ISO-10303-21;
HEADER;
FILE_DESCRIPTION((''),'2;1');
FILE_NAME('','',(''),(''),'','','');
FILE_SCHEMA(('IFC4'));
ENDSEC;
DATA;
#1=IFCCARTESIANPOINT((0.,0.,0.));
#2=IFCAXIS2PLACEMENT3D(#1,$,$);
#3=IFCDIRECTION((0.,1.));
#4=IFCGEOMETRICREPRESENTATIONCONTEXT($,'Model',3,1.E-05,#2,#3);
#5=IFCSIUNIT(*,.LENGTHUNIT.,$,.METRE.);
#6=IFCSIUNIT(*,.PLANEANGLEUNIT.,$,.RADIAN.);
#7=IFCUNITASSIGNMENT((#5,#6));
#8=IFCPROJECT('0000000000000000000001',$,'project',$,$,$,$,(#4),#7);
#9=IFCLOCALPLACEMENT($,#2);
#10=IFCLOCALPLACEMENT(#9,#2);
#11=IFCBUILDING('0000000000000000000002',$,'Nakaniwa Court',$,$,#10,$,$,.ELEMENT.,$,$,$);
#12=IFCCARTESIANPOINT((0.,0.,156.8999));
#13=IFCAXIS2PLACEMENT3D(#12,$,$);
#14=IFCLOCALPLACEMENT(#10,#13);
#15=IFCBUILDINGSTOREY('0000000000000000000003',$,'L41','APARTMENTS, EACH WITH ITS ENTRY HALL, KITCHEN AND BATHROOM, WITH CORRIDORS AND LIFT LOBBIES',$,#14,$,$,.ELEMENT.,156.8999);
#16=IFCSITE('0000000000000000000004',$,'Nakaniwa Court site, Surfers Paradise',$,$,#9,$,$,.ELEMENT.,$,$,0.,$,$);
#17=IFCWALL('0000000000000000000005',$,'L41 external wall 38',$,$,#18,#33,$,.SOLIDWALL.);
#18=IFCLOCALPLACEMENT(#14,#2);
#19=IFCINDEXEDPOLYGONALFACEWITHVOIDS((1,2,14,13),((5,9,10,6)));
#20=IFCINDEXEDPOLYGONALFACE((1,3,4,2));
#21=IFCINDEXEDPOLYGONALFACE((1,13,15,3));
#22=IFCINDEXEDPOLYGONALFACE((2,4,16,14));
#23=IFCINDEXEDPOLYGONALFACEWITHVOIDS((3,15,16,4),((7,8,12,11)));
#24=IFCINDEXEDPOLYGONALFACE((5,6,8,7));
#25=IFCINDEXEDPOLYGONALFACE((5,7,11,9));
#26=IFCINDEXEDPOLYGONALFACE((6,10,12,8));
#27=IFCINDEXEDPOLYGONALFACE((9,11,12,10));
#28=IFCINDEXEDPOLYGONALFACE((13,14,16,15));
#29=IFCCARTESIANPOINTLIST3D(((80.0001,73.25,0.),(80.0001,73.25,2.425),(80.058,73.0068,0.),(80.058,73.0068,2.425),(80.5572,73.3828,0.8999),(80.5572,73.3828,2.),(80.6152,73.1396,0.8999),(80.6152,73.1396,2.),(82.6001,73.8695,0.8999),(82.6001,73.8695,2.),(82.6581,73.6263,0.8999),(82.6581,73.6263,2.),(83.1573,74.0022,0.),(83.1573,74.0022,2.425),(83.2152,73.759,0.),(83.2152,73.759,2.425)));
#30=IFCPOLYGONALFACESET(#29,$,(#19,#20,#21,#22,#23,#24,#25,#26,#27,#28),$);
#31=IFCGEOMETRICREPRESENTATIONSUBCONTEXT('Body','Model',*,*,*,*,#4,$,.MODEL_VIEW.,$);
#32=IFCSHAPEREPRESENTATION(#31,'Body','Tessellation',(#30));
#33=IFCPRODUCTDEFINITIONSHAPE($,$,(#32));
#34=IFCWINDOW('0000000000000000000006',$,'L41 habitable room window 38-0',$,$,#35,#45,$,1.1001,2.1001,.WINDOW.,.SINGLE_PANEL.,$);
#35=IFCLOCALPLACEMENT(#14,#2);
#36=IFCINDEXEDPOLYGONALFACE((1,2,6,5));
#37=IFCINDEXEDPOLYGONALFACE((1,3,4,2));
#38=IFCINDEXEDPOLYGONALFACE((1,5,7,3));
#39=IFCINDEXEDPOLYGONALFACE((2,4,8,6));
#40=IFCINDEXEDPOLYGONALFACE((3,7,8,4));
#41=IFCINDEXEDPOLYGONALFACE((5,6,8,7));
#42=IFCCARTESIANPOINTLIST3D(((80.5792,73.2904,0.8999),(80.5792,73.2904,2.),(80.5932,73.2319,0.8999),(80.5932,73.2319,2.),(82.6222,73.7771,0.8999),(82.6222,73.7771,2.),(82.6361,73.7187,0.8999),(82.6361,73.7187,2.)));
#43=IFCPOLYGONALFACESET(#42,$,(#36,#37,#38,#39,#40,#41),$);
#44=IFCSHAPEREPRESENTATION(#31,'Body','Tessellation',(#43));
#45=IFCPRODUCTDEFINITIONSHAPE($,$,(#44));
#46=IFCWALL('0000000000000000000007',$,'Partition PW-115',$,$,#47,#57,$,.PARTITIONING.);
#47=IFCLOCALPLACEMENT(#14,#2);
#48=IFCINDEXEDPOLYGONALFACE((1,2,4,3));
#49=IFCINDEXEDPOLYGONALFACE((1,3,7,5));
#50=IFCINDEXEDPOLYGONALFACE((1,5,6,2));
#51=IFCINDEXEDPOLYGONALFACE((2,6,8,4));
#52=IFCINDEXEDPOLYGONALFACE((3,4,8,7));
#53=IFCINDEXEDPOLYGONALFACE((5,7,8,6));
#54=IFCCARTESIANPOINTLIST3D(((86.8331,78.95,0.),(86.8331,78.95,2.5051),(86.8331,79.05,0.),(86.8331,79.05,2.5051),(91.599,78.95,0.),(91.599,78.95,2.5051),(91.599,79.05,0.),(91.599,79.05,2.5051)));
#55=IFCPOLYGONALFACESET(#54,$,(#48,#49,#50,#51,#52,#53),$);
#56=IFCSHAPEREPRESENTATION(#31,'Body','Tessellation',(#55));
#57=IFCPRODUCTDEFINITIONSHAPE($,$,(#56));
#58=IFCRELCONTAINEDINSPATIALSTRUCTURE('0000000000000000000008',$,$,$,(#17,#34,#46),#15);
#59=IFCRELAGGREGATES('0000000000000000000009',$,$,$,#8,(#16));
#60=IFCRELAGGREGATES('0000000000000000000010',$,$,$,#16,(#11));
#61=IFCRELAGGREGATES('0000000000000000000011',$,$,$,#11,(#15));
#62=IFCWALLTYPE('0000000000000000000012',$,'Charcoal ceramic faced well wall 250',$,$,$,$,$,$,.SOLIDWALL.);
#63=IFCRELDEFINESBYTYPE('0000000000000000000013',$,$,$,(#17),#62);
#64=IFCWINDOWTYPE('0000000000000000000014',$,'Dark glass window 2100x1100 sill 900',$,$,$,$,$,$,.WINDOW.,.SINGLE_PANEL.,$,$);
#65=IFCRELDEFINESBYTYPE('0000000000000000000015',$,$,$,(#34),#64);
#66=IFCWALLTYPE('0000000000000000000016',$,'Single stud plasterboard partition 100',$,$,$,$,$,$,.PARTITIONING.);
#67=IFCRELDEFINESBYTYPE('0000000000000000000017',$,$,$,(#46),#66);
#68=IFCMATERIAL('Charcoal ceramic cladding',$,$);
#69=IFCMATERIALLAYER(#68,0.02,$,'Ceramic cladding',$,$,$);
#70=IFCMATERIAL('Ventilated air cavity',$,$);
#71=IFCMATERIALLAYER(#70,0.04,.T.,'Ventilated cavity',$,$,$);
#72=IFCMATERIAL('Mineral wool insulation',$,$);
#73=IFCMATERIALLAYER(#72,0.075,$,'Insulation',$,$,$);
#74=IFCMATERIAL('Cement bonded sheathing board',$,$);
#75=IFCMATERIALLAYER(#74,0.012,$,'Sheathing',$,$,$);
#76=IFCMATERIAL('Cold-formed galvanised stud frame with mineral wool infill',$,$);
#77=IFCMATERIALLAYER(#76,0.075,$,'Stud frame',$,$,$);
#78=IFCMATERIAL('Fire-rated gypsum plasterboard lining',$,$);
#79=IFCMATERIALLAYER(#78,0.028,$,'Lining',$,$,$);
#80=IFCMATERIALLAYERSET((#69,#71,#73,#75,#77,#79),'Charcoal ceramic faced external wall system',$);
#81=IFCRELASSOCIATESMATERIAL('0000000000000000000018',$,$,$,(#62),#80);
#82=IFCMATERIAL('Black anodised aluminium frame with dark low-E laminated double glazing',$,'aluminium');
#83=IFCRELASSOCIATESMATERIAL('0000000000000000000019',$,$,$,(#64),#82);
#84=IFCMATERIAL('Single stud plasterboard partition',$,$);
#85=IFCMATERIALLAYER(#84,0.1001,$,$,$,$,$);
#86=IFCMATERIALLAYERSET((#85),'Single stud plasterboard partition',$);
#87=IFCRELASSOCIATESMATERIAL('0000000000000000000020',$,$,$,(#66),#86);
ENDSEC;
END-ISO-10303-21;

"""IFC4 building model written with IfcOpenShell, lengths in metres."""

from ifc_helpers import new_model, si_unit, direction, frame, frame_2d, origin, place, context, subcontext, project, spatial, rectangle, extrude, material, layer, layer_set, type_object, element, fill, save


model = new_model("IFC4")

# Units and contexts
model_context = context("Model", 3, precision=1e-05, world=origin(), true_north=direction((0.0, 1.0)))
body_context = subcontext(model_context, "Body", "Model", "MODEL_VIEW")
ifc_project = project(units=[si_unit("LENGTHUNIT", "METRE"), si_unit("PLANEANGLEUNIT", "RADIAN")], contexts=[model_context])

# Site, building, storey
site_placement = place(None, origin())
site = spatial("IfcSite", under=ifc_project, at=site_placement, Name="Nakaniwa Court site, Surfers Paradise", CompositionType="ELEMENT", RefElevation=0.0)
building_placement = place(site_placement, origin())
building = spatial("IfcBuilding", under=site, at=building_placement, Name="Nakaniwa Court", CompositionType="ELEMENT")
storey_placement = place(building_placement, frame((0.0, 0.0, 156.8999)))
storey = spatial("IfcBuildingStorey", under=building, at=storey_placement, Name="L41", Description="APARTMENTS, EACH WITH ITS ENTRY HALL, KITCHEN AND BATHROOM, WITH CORRIDORS AND LIFT LOBBIES", CompositionType="ELEMENT", Elevation=156.8999)

# Wall, opening, window
ifc_material_1 = material(Name="Charcoal ceramic cladding")
ifc_layer_1 = layer(ifc_material_1, 0.02, Name="Ceramic cladding")
ifc_material_2 = material(Name="Ventilated air cavity")
ifc_layer_2 = layer(ifc_material_2, 0.04, ventilated=True, Name="Ventilated cavity")
ifc_material_3 = material(Name="Mineral wool insulation")
ifc_layer_3 = layer(ifc_material_3, 0.075, Name="Insulation")
ifc_material_4 = material(Name="Cement bonded sheathing board")
ifc_layer_4 = layer(ifc_material_4, 0.012, Name="Sheathing")
ifc_material_5 = material(Name="Cold-formed galvanised stud frame with mineral wool infill")
ifc_layer_5 = layer(ifc_material_5, 0.075, Name="Stud frame")
ifc_material_6 = material(Name="Fire-rated gypsum plasterboard lining")
ifc_layer_6 = layer(ifc_material_6, 0.028, Name="Lining")
ifc_layer_set_1 = layer_set([ifc_layer_1, ifc_layer_2, ifc_layer_3, ifc_layer_4, ifc_layer_5, ifc_layer_6], Name="Charcoal ceramic faced external wall system")
wall_type_1 = type_object("IfcWallType", Name="Charcoal ceramic faced well wall 250", PredefinedType="SOLIDWALL", material=ifc_layer_set_1)
ifc_material_7 = material(Name="Black anodised aluminium frame with dark low-E laminated double glazing", Category="aluminium")
window_type_1 = type_object("IfcWindowType", Name="Dark glass window 2100x1100 sill 900", PartitioningType="SINGLE_PANEL", PredefinedType="WINDOW", material=ifc_material_7)
wall_1_placement = place(storey_placement, frame((83.1863, 73.8806, 0.0), z_axis=(0.0, 0.0, 1.0), x_axis=(-0.972773, -0.23176, 0.0)))
wall_1 = element("IfcWall", 1, at=wall_1_placement, inside=storey, type_object=wall_type_1, Name="L41 external wall 38", PredefinedType="SOLIDWALL", context=body_context, shape_type="SweptSolid", body=[
    extrude(rectangle(XDim=3.2456, YDim=0.25, at=frame_2d((1.6228, 0.0))), origin(), (0.0, 0.0, 1.0), 2.425),
])
opening_1_placement = place(wall_1_placement, frame((0.5728, 0.0, 0.8999)))
opening_1 = element("IfcOpeningElement", 2, at=opening_1_placement, cuts=wall_1, PredefinedType="OPENING", context=body_context, shape_type="SweptSolid", body=[
    extrude(rectangle(XDim=2.1001, YDim=1.1001, at=frame_2d((1.05, 0.55))), frame((0.0, 0.135, 0.0), z_axis=(0.0, -1.0, 0.0), x_axis=(1.0, 0.0, 0.0)), (0.0, 0.0, 1.0), 0.27),
])
window_1_placement = place(opening_1_placement, origin())
window_1 = element("IfcWindow", 3, at=window_1_placement, inside=storey, type_object=window_type_1, Name="L41 habitable room window 38-0", OverallHeight=1.1001, OverallWidth=2.1001, PartitioningType="SINGLE_PANEL", PredefinedType="WINDOW", context=body_context, shape_type="SweptSolid", body=[
    extrude(rectangle(XDim=2.1001, YDim=1.1001, at=frame_2d((1.05, 0.55))), frame((0.0, 0.03, 0.0), z_axis=(0.0, -1.0, 0.0), x_axis=(1.0, 0.0, 0.0)), (0.0, 0.0, 1.0), 0.0601),
])
fill(opening_1, window_1)

# Wall
ifc_material_8 = material(Name="Single stud plasterboard partition")
ifc_layer_7 = layer(ifc_material_8, 0.1001)
ifc_layer_set_2 = layer_set([ifc_layer_7], Name="Single stud plasterboard partition")
wall_type_2 = type_object("IfcWallType", Name="Single stud plasterboard partition 100", PredefinedType="PARTITIONING", material=ifc_layer_set_2)
wall_2_placement = place(storey_placement, frame((86.8333, 79.0, 0.0), z_axis=(0.0, 0.0, 1.0), x_axis=(1.0, 0.0, 0.0)))
element("IfcWall", 4, at=wall_2_placement, inside=storey, type_object=wall_type_2, Name="Partition PW-115", PredefinedType="PARTITIONING", context=body_context, shape_type="SweptSolid", body=[
    extrude(rectangle(XDim=4.7659, YDim=0.1001, at=frame_2d((2.3828, 0.0))), origin(), (0.0, 0.0, 1.0), 2.5051),
])

save(model, "model.ifc")
